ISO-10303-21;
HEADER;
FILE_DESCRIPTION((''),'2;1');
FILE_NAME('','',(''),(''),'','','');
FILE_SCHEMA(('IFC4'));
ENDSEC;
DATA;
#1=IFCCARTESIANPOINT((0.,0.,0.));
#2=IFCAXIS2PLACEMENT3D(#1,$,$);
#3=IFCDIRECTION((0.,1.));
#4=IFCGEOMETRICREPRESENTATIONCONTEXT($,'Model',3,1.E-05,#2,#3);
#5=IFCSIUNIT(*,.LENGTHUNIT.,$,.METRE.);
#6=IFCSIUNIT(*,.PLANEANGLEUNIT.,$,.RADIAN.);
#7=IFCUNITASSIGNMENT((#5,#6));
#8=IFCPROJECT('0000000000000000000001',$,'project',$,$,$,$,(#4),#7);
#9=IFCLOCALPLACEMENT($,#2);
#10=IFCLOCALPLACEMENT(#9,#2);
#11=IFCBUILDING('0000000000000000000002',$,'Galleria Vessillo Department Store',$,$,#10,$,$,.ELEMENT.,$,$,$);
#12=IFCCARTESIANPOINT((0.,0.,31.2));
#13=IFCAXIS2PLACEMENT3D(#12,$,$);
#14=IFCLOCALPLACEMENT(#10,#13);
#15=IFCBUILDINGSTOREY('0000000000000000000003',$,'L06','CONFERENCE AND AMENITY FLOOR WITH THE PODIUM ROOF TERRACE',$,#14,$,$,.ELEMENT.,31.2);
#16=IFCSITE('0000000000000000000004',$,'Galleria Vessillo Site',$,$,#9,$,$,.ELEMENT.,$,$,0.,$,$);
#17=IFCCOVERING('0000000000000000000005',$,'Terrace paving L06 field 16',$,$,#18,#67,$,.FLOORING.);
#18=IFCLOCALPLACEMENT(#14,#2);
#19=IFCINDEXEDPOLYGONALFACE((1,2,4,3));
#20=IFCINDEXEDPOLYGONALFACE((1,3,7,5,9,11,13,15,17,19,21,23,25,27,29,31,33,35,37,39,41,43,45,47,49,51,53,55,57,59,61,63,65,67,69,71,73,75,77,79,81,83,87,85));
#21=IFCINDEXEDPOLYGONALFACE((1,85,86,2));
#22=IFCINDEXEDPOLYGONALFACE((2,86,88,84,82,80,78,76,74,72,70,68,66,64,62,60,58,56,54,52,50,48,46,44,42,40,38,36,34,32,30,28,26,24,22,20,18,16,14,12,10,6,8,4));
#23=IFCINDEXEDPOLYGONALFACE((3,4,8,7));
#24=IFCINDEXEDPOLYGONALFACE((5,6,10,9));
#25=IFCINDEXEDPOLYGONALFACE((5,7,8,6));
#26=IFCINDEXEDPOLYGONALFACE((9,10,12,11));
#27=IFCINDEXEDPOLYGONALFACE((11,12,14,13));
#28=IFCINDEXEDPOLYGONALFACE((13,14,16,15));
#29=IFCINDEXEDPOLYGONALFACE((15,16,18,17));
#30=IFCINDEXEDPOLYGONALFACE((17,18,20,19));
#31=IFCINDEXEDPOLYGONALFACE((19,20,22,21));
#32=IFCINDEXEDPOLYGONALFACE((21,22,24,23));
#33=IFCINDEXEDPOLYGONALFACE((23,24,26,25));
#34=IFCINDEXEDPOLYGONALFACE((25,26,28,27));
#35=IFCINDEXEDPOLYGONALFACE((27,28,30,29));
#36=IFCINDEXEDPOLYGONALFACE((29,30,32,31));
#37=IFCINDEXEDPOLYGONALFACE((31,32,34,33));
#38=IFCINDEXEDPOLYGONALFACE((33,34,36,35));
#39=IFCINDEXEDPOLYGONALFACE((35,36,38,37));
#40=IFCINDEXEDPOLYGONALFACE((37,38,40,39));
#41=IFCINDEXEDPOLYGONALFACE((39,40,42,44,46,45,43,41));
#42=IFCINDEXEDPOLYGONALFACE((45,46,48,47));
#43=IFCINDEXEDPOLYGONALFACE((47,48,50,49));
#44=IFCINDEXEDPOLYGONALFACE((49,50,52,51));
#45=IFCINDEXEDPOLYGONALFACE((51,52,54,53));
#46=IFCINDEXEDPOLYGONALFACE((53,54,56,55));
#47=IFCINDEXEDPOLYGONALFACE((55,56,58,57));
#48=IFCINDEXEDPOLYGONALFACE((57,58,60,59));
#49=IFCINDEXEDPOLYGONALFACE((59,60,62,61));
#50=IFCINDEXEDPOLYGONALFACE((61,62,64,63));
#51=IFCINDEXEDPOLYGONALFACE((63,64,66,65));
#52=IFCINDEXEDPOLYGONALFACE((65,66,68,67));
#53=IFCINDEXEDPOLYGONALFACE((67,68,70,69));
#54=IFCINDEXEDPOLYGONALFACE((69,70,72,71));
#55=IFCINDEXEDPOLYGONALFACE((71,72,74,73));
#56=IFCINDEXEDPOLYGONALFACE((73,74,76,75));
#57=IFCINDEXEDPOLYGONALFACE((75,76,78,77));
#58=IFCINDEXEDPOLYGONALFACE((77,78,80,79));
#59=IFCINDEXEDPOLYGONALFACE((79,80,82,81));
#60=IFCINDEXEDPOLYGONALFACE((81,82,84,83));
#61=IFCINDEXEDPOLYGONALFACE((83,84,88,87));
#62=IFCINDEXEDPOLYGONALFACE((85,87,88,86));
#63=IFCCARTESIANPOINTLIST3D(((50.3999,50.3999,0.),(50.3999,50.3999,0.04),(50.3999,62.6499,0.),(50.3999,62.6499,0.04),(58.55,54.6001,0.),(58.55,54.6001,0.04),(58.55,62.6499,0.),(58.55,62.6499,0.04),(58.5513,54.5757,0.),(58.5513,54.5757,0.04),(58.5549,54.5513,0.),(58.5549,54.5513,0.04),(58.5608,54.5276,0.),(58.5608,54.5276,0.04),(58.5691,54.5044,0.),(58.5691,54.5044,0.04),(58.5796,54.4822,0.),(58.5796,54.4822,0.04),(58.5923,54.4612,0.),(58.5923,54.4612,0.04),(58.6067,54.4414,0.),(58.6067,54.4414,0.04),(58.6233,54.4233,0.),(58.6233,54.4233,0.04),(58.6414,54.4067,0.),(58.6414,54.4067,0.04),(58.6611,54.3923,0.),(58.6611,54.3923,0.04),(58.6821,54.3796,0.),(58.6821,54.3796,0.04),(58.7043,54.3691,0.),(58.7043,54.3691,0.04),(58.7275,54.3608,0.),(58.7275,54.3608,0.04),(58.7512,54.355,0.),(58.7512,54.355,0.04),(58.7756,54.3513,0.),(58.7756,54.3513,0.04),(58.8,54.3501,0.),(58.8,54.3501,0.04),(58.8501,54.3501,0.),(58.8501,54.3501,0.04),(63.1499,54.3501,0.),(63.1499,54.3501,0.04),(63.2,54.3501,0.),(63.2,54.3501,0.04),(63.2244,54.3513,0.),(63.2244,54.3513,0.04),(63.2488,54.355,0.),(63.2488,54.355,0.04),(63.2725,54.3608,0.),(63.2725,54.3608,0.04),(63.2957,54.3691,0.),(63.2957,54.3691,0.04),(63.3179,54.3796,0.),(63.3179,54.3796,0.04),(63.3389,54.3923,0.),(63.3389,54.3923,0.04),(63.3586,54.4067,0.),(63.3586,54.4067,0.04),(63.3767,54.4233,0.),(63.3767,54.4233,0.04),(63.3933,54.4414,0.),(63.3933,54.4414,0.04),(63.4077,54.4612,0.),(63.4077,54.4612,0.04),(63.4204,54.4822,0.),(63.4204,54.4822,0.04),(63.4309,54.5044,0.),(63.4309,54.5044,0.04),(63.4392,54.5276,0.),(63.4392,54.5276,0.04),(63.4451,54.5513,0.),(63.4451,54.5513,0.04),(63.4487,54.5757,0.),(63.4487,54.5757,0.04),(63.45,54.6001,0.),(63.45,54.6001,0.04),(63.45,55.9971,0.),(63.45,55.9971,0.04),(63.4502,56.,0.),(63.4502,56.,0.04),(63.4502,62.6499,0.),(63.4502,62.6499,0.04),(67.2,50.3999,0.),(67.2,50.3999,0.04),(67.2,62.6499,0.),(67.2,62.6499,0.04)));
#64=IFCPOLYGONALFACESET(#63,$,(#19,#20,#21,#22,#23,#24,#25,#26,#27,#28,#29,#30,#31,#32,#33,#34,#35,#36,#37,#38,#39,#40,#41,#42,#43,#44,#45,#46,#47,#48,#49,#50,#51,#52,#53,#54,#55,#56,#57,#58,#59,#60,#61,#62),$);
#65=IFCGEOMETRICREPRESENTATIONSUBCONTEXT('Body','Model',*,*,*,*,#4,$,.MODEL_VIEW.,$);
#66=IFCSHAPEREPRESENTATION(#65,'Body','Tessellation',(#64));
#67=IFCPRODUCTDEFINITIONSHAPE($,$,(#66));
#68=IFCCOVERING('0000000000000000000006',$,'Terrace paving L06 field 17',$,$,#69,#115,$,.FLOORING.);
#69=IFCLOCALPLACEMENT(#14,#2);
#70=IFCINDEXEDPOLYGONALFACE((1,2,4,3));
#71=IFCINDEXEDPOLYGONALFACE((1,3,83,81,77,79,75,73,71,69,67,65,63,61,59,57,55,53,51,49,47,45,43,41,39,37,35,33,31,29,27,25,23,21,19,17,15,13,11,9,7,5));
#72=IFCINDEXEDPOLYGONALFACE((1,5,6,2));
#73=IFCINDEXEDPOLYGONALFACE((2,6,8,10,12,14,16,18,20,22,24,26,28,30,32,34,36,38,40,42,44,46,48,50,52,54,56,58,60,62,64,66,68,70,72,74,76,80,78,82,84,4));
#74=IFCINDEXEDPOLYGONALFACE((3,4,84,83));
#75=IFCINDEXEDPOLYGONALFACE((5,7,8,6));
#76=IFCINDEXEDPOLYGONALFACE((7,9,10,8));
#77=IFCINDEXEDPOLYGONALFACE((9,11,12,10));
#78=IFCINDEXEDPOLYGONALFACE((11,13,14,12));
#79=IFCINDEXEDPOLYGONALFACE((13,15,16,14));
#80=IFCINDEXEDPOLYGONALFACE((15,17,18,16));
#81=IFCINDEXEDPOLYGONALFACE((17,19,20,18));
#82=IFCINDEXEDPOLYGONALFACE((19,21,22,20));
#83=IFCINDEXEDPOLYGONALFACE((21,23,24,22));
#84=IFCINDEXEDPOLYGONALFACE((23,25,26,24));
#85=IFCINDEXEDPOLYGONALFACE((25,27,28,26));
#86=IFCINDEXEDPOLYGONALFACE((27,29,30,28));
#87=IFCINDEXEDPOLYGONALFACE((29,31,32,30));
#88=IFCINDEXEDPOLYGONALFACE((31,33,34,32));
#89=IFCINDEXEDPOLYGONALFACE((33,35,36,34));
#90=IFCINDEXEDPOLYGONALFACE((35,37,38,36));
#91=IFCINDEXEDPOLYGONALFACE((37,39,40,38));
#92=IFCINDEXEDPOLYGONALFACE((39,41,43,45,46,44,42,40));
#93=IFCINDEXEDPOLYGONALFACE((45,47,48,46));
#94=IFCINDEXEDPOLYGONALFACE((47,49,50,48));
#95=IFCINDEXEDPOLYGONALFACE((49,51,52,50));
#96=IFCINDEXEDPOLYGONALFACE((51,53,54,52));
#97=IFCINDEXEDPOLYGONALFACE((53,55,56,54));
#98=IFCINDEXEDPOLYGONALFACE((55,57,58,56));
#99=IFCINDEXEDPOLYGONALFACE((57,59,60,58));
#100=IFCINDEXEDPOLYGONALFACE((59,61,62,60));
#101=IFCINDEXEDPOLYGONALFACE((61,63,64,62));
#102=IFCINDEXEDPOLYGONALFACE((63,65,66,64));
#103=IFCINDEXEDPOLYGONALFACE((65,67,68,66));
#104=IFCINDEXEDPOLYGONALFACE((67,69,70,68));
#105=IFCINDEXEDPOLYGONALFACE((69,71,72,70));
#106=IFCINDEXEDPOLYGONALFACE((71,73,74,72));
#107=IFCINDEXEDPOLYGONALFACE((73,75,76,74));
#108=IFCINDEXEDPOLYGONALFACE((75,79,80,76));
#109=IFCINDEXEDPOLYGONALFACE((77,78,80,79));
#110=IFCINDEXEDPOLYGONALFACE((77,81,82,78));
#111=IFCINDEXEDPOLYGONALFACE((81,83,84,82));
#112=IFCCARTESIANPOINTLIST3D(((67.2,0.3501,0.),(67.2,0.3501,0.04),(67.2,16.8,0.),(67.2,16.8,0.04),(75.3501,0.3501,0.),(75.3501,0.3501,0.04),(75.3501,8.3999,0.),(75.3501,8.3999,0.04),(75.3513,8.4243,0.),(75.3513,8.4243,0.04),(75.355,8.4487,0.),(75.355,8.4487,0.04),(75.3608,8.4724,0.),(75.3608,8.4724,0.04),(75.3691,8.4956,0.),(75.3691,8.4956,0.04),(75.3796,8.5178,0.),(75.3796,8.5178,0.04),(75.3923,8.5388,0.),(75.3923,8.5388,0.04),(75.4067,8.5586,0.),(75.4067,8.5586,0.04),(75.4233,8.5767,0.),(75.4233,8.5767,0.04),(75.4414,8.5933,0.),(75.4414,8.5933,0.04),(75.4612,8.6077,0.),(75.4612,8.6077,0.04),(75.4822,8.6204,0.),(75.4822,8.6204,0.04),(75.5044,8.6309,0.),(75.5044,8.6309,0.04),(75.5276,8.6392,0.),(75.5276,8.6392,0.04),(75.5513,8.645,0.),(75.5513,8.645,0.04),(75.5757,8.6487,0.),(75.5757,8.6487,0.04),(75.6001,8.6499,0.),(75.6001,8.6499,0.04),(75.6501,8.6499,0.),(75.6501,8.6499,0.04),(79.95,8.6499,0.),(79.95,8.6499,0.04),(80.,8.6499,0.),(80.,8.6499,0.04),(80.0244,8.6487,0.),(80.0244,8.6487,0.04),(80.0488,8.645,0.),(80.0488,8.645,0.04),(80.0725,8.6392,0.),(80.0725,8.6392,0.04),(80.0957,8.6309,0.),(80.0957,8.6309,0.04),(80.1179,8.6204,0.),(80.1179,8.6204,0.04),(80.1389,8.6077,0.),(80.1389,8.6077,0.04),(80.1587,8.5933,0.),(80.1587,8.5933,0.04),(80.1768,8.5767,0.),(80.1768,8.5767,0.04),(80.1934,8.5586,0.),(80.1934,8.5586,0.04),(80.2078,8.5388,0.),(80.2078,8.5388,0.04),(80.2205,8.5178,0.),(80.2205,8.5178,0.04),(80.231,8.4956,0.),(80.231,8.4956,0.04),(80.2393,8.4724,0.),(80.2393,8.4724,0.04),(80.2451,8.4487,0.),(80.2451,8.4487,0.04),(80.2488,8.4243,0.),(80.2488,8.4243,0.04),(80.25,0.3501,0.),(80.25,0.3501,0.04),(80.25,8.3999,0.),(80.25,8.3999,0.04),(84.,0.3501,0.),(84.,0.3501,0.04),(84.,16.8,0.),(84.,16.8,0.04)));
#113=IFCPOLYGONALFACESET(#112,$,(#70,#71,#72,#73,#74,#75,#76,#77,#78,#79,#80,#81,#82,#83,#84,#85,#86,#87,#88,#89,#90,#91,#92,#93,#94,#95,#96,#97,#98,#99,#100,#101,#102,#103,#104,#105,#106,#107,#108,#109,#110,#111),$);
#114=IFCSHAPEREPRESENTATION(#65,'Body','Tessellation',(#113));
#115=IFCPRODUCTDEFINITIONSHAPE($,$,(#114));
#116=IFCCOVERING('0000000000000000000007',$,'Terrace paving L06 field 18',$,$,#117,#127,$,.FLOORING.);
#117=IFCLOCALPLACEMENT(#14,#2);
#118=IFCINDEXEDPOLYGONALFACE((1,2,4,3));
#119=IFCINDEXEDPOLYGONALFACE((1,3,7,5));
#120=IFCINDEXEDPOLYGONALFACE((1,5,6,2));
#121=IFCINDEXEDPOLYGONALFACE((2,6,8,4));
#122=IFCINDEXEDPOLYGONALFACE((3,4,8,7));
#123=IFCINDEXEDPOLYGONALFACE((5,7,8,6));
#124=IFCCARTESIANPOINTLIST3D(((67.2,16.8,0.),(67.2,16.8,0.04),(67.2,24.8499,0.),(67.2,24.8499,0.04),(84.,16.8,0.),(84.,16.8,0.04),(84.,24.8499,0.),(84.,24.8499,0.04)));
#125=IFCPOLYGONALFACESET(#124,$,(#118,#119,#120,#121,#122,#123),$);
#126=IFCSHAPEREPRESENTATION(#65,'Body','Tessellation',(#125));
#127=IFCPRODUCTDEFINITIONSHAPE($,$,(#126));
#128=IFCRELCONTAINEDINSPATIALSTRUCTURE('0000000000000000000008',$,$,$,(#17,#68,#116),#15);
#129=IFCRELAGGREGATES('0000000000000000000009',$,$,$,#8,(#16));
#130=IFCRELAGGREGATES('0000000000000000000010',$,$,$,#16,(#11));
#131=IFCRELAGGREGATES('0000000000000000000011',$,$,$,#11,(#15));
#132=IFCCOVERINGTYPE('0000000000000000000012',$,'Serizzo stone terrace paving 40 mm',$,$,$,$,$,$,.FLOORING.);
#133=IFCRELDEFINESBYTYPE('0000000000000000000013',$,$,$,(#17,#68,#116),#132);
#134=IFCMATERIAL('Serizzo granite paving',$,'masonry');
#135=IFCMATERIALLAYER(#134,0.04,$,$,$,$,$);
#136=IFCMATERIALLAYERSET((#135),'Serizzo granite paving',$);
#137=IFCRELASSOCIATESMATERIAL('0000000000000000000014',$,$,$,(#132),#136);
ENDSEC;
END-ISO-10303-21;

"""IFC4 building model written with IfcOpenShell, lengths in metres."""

from ifc_helpers import new_model, si_unit, direction, frame, origin, place, context, subcontext, project, spatial, polyline, outline, extrude, material, layer, layer_set, type_object, element, save


model = new_model("IFC4")

# Units and contexts
model_context = context("Model", 3, precision=1e-05, world=origin(), true_north=direction((0.0, 1.0)))
body_context = subcontext(model_context, "Body", "Model", "MODEL_VIEW")
ifc_project = project(units=[si_unit("LENGTHUNIT", "METRE"), si_unit("PLANEANGLEUNIT", "RADIAN")], contexts=[model_context])

# Site, building, storey
site_placement = place(None, origin())
site = spatial("IfcSite", under=ifc_project, at=site_placement, Name="Galleria Vessillo Site", CompositionType="ELEMENT", RefElevation=0.0)
building_placement = place(site_placement, origin())
building = spatial("IfcBuilding", under=site, at=building_placement, Name="Galleria Vessillo Department Store", CompositionType="ELEMENT")
storey_placement = place(building_placement, frame((0.0, 0.0, 31.2)))
storey = spatial("IfcBuildingStorey", under=building, at=storey_placement, Name="L06", Description="CONFERENCE AND AMENITY FLOOR WITH THE PODIUM ROOF TERRACE", CompositionType="ELEMENT", Elevation=31.2)

# Coverings
ifc_material_1 = material(Name="Serizzo granite paving", Category="masonry")
ifc_layer_1 = layer(ifc_material_1, 0.04)
ifc_layer_set_1 = layer_set([ifc_layer_1], Name="Serizzo granite paving")
covering_type = type_object("IfcCoveringType", Name="Serizzo stone terrace paving 40 mm", PredefinedType="FLOORING", material=ifc_layer_set_1)
covering_1_placement = place(storey_placement, origin())
element("IfcCovering", 1, at=covering_1_placement, inside=storey, type_object=covering_type, Name="Terrace paving L06 field 16", PredefinedType="FLOORING", context=body_context, shape_type="SweptSolid", body=[
    extrude(outline(polyline([(58.55, 62.6499), (58.55, 54.6001), (58.5513, 54.5757), (58.5549, 54.5513), (58.5608, 54.5276), (58.5691, 54.5044), (58.5796, 54.4822), (58.5923, 54.4612), (58.6067, 54.4414), (58.6233, 54.4233), (58.6414, 54.4067), (58.6611, 54.3923), (58.6821, 54.3796), (58.7043, 54.3691), (58.7275, 54.3608), (58.7512, 54.355), (58.7756, 54.3513), (58.8, 54.3501), (58.8501, 54.3501), (58.8501, 54.3501), (63.1499, 54.3501), (63.1499, 54.3501), (63.2, 54.3501), (63.2244, 54.3513), (63.2488, 54.355), (63.2725, 54.3608), (63.2957, 54.3691), (63.3179, 54.3796), (63.3389, 54.3923), (63.3586, 54.4067), (63.3767, 54.4233), (63.3933, 54.4414), (63.4077, 54.4612), (63.4204, 54.4822), (63.4309, 54.5044), (63.4392, 54.5276), (63.4451, 54.5513), (63.4487, 54.5757), (63.45, 54.6001), (63.45, 55.9971), (63.4502, 56.0), (63.4502, 62.6499), (67.2, 62.6499), (67.2, 50.3999), (50.3999, 50.3999), (50.3999, 62.6499), (58.55, 62.6499)])), origin(), (0.0, 0.0, 1.0), 0.04),
])
covering_2_placement = place(storey_placement, origin())
element("IfcCovering", 2, at=covering_2_placement, inside=storey, type_object=covering_type, Name="Terrace paving L06 field 17", PredefinedType="FLOORING", context=body_context, shape_type="SweptSolid", body=[
    extrude(outline(polyline([(80.25, 0.3501), (80.25, 8.3999), (80.2488, 8.4243), (80.2451, 8.4487), (80.2393, 8.4724), (80.231, 8.4956), (80.2205, 8.5178), (80.2078, 8.5388), (80.1934, 8.5586), (80.1768, 8.5767), (80.1587, 8.5933), (80.1389, 8.6077), (80.1179, 8.6204), (80.0957, 8.6309), (80.0725, 8.6392), (80.0488, 8.645), (80.0244, 8.6487), (80.0, 8.6499), (79.95, 8.6499), (79.95, 8.6499), (75.6501, 8.6499), (75.6501, 8.6499), (75.6001, 8.6499), (75.5757, 8.6487), (75.5513, 8.645), (75.5276, 8.6392), (75.5044, 8.6309), (75.4822, 8.6204), (75.4612, 8.6077), (75.4414, 8.5933), (75.4233, 8.5767), (75.4067, 8.5586), (75.3923, 8.5388), (75.3796, 8.5178), (75.3691, 8.4956), (75.3608, 8.4724), (75.355, 8.4487), (75.3513, 8.4243), (75.3501, 8.3999), (75.3501, 0.3501), (67.2, 0.3501), (67.2, 16.8), (84.0, 16.8), (84.0, 0.3501), (80.25, 0.3501)])), origin(), (0.0, 0.0, 1.0), 0.04),
])
covering_3_placement = place(storey_placement, origin())
element("IfcCovering", 3, at=covering_3_placement, inside=storey, type_object=covering_type, Name="Terrace paving L06 field 18", PredefinedType="FLOORING", context=body_context, shape_type="SweptSolid", body=[
    extrude(outline(polyline([(84.0, 24.8499), (84.0, 16.8), (67.2, 16.8), (67.2, 24.8499), (84.0, 24.8499)])), origin(), (0.0, 0.0, 1.0), 0.04),
])

save(model, "model.ifc")
